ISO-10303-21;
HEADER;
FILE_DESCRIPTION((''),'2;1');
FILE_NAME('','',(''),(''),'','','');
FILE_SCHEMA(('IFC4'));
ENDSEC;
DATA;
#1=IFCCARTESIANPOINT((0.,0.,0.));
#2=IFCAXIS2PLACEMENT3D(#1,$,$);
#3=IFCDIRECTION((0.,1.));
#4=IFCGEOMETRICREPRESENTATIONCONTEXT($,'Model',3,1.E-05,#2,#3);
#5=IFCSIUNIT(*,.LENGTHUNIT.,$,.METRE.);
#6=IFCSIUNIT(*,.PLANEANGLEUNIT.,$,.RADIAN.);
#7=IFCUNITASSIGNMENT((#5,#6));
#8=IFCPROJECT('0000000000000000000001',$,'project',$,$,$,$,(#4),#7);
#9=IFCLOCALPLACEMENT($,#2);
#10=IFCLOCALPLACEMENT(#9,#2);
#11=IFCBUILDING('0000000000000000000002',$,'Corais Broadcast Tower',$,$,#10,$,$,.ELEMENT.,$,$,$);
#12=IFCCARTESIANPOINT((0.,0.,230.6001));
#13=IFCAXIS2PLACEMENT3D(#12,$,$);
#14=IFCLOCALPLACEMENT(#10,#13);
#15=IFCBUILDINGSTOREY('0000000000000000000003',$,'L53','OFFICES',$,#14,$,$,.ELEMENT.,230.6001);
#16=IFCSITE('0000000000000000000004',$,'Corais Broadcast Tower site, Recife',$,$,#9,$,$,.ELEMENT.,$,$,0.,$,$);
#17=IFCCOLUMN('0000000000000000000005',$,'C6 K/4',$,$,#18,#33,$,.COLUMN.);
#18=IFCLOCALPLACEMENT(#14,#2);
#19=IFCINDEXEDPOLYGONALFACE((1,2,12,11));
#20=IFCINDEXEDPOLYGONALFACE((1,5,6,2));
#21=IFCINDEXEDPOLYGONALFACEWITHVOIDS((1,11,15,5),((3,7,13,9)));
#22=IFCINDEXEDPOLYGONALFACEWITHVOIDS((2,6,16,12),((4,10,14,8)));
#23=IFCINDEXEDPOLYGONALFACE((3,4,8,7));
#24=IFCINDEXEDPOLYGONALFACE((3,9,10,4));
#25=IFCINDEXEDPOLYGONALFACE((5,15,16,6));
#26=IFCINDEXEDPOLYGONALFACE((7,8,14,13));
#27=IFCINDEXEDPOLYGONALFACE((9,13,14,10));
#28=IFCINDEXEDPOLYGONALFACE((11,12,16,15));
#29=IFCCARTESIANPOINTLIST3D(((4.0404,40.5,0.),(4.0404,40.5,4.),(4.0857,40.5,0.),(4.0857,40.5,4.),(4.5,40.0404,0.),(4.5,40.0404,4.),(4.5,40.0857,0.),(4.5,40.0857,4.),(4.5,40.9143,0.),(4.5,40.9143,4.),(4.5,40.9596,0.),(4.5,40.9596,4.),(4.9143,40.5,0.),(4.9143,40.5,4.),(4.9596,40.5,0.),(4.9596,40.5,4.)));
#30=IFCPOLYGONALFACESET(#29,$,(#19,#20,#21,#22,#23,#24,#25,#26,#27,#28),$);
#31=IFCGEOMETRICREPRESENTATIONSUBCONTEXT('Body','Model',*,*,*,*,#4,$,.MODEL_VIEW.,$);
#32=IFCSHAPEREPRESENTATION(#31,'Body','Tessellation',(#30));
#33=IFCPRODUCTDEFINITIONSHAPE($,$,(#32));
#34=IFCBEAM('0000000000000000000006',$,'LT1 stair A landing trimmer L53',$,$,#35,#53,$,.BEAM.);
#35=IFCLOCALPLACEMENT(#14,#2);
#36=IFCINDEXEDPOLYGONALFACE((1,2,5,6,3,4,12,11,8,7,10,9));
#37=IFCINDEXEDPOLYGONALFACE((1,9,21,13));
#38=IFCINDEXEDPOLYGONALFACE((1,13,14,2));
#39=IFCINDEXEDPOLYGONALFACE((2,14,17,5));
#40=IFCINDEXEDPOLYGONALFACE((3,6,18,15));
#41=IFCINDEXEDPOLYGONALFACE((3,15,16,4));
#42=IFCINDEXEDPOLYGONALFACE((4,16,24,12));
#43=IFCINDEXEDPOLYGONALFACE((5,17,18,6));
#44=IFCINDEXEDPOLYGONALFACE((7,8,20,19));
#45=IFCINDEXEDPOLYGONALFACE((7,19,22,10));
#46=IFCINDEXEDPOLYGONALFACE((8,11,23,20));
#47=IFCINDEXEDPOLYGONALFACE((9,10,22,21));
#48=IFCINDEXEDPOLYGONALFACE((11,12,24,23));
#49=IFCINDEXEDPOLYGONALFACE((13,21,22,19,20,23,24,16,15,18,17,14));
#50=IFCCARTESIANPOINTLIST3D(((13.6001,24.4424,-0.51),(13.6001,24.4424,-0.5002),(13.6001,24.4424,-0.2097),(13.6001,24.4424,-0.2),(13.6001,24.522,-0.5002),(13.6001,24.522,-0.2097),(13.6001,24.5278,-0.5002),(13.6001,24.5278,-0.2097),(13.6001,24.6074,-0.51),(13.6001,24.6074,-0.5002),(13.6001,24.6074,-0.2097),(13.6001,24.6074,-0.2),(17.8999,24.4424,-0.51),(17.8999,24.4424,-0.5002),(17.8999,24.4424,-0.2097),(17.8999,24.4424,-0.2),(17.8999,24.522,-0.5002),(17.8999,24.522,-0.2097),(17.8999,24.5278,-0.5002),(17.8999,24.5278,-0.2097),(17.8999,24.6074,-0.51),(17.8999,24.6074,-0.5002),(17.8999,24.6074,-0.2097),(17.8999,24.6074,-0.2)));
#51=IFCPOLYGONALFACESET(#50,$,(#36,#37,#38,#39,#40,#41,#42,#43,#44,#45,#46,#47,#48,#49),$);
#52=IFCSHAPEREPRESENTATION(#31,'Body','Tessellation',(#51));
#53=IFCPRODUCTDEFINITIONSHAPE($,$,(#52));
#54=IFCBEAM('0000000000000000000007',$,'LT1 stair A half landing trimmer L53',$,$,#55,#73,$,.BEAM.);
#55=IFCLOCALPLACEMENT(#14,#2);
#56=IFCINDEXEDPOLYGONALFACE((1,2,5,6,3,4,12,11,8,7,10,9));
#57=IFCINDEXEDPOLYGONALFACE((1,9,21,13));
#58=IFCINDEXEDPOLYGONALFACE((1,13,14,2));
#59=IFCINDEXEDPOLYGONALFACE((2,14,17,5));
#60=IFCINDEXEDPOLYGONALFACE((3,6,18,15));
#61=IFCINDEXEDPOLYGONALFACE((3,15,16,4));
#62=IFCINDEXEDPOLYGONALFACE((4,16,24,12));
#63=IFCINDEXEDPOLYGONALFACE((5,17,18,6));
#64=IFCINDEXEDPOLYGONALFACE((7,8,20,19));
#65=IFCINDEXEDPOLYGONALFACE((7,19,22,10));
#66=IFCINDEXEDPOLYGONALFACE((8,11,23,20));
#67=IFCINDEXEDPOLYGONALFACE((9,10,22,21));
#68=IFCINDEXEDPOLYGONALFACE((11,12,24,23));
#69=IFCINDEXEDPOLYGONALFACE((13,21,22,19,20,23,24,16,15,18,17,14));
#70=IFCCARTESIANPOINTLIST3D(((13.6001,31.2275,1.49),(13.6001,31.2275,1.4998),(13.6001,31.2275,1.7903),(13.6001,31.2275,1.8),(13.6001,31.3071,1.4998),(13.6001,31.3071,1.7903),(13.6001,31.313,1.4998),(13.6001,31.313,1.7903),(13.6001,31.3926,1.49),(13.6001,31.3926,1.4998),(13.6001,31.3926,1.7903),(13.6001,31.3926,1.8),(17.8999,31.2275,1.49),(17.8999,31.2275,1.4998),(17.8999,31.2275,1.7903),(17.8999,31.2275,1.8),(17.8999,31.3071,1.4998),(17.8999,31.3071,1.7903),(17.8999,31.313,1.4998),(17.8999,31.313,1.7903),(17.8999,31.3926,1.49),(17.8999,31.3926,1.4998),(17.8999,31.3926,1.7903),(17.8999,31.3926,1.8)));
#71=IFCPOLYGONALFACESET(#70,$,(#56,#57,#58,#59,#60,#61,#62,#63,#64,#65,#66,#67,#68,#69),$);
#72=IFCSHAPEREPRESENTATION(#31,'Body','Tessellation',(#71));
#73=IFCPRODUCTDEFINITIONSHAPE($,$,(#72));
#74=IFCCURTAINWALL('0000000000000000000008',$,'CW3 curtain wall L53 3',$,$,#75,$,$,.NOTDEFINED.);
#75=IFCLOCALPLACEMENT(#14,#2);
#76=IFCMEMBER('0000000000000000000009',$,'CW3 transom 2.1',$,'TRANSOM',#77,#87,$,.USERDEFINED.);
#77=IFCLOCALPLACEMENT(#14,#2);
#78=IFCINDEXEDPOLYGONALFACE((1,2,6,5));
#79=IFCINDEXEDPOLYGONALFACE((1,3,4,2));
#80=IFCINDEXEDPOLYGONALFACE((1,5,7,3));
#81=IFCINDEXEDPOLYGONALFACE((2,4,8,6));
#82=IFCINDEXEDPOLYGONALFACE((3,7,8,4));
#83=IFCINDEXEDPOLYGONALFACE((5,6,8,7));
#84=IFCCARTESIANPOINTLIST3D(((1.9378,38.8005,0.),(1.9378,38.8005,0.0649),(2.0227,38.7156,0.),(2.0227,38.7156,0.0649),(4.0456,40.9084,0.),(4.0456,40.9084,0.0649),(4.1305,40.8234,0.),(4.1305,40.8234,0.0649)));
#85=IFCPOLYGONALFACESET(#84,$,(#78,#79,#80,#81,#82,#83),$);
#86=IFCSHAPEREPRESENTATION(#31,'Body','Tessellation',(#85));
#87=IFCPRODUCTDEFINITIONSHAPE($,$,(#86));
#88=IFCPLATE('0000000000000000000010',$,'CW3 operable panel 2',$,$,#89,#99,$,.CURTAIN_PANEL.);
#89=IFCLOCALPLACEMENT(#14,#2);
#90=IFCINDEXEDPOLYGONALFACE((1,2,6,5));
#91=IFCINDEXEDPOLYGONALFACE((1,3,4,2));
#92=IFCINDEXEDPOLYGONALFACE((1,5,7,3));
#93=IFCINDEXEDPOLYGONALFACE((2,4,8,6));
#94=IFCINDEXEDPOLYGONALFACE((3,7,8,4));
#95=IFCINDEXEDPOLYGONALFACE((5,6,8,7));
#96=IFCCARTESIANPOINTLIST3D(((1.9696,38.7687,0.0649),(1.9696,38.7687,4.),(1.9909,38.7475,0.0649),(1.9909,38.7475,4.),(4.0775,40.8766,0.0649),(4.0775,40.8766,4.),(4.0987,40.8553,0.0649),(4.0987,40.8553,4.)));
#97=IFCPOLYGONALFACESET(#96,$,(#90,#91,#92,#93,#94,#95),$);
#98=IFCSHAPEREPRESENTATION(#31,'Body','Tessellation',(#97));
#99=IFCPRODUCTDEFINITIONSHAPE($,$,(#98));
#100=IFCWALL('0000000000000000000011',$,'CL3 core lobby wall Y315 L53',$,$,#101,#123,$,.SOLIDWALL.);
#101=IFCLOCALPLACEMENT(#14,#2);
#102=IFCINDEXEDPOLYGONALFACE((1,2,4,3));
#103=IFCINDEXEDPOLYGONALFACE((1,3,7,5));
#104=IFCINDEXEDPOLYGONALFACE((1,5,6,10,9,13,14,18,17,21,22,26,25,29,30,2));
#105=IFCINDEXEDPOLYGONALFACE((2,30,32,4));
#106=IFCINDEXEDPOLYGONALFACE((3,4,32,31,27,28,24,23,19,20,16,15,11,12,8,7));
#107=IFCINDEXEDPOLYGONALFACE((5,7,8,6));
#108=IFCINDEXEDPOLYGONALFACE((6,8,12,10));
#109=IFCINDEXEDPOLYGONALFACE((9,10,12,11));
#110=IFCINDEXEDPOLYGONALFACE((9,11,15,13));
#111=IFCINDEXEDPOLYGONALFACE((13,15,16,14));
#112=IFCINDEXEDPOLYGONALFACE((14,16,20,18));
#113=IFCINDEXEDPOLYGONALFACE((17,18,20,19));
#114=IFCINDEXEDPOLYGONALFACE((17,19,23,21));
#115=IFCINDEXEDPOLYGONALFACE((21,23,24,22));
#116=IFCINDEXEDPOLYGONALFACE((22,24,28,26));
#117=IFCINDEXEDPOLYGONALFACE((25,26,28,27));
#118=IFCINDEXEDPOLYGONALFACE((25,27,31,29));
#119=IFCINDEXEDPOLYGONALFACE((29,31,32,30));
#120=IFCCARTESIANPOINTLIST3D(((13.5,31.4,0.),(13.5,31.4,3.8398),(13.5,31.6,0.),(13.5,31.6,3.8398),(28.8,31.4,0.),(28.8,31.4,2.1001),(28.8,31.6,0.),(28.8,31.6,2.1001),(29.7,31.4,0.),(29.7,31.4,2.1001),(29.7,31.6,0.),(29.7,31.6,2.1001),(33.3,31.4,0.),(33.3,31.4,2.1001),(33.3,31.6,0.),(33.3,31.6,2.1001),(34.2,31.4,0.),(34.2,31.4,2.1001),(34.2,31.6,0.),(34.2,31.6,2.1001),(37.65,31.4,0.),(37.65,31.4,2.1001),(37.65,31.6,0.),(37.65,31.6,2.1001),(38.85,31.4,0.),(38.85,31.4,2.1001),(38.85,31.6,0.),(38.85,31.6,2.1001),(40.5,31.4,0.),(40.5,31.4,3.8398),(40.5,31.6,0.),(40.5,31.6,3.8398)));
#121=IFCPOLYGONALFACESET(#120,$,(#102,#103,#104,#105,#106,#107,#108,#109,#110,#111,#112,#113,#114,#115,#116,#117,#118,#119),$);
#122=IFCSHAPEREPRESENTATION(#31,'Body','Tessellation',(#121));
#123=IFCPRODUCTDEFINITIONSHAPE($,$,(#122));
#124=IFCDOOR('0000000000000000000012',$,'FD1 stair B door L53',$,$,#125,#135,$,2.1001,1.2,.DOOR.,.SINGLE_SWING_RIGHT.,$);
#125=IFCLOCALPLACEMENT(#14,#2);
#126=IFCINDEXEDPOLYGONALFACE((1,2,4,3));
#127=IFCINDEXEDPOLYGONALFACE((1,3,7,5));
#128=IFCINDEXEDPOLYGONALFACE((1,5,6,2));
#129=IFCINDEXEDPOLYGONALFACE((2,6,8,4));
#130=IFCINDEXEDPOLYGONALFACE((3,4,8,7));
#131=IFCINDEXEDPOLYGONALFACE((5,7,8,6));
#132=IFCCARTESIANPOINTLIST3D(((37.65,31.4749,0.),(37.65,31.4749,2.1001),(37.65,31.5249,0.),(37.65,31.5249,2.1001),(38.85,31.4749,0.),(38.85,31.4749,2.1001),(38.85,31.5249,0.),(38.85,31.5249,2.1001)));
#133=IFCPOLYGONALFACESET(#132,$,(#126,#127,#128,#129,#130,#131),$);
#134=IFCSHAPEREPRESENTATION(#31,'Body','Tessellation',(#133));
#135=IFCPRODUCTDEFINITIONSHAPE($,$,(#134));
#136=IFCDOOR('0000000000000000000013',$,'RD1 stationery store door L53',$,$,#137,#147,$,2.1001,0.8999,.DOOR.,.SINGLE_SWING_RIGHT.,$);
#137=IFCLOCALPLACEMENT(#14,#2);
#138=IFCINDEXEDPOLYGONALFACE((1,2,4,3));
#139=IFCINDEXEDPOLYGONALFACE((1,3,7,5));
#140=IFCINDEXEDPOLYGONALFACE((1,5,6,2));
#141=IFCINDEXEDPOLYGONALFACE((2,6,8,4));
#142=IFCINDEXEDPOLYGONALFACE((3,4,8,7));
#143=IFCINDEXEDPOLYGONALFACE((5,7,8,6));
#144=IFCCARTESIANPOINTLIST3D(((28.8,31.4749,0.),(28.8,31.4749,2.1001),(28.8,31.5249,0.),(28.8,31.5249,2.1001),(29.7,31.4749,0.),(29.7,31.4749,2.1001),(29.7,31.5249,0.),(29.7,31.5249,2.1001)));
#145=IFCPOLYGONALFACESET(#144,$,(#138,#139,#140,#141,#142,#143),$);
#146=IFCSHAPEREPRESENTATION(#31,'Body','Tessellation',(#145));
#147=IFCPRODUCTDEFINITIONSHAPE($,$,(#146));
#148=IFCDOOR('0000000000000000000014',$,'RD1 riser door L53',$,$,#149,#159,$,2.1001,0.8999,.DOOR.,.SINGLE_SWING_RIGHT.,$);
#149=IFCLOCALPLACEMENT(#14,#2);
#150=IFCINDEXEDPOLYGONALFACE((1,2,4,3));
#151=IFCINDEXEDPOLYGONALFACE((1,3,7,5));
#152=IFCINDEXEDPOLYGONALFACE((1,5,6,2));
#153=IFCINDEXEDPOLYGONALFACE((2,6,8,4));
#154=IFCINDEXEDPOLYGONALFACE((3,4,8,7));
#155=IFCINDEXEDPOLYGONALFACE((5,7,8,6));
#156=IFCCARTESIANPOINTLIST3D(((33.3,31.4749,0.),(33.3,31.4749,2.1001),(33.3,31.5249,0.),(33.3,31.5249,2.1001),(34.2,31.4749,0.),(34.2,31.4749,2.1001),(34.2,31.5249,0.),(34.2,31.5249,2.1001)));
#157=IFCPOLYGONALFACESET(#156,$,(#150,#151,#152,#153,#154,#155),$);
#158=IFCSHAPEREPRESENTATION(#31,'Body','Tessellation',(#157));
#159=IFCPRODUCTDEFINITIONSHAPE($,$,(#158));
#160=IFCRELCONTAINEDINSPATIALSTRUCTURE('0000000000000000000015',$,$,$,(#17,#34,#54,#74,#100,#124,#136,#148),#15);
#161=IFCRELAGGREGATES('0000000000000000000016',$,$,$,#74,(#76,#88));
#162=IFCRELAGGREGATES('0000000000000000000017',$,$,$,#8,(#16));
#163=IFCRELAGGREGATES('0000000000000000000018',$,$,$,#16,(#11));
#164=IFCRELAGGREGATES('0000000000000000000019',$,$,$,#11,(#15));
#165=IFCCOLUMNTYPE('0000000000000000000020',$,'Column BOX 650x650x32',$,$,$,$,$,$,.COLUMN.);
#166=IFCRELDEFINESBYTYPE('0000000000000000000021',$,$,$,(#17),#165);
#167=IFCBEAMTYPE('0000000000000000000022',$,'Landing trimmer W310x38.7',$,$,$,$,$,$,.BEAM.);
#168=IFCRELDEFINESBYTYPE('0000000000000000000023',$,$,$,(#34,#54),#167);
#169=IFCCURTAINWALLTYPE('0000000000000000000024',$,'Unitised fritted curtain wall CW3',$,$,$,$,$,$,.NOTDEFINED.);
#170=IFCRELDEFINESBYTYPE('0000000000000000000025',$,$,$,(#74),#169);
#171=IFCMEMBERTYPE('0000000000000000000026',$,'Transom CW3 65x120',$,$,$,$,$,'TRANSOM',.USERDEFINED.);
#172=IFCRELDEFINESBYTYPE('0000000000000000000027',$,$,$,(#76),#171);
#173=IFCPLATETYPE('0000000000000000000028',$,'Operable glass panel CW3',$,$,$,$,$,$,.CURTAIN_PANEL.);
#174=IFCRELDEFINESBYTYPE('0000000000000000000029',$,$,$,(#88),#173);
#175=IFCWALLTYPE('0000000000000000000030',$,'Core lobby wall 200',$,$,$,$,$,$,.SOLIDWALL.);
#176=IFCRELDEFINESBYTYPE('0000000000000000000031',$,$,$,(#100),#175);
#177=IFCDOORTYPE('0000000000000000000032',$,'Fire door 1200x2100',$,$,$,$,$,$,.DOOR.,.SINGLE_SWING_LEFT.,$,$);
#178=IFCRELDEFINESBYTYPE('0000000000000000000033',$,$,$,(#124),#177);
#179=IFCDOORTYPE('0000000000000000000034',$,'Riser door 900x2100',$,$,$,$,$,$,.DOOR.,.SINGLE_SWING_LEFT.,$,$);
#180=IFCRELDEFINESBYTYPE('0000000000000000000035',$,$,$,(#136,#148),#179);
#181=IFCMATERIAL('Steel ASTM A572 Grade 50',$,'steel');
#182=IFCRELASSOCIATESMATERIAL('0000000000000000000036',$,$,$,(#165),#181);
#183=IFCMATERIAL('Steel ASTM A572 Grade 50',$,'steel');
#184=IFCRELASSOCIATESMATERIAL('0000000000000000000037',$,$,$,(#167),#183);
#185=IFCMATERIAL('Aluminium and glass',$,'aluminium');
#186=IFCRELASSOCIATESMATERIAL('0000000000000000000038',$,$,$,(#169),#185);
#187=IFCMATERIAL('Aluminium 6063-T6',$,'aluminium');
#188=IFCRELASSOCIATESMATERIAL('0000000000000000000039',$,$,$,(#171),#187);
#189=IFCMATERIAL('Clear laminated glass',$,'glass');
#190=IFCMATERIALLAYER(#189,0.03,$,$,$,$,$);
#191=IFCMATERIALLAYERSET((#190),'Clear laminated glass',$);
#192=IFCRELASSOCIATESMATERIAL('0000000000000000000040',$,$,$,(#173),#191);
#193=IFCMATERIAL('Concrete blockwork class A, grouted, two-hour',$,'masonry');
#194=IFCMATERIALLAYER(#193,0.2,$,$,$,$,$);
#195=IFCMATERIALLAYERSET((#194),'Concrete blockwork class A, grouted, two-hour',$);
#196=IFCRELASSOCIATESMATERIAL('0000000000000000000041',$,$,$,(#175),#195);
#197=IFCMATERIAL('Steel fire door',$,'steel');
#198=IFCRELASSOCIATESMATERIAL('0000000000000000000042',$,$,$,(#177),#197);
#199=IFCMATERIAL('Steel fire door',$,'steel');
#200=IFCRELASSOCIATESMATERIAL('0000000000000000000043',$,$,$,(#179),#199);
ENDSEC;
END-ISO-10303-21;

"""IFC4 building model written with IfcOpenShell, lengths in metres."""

from ifc_helpers import new_model, si_unit, direction, frame, frame_2d, origin, origin_2d, place, context, subcontext, project, spatial, rectangle, hollow_rectangle, i_section, extrude, material, layer, layer_set, material_profile, profile_set, type_object, element, fill, aggregate, save


model = new_model("IFC4")

# Units and contexts
model_context = context("Model", 3, precision=1e-05, world=origin(), true_north=direction((0.0, 1.0)))
body_context = subcontext(model_context, "Body", "Model", "MODEL_VIEW")
ifc_project = project(units=[si_unit("LENGTHUNIT", "METRE"), si_unit("PLANEANGLEUNIT", "RADIAN")], contexts=[model_context])

# Site, building, storey
site_placement = place(None, origin())
site = spatial("IfcSite", under=ifc_project, at=site_placement, Name="Corais Broadcast Tower site, Recife", CompositionType="ELEMENT", RefElevation=0.0)
building_placement = place(site_placement, origin())
building = spatial("IfcBuilding", under=site, at=building_placement, Name="Corais Broadcast Tower", CompositionType="ELEMENT")
storey_placement = place(building_placement, frame((0.0, 0.0, 230.6001)))
storey = spatial("IfcBuildingStorey", under=building, at=storey_placement, Name="L53", Description="OFFICES", CompositionType="ELEMENT", Elevation=230.6001)

# Column
ifc_material_1 = material(Name="Steel ASTM A572 Grade 50", Category="steel")
ifc_material_profile_1 = material_profile(ifc_material_1, hollow_rectangle(XDim=0.6499, YDim=0.6499, WallThickness=0.032, at=origin_2d()), Name="BOX 650x650x32")
ifc_profile_set_1 = profile_set([ifc_material_profile_1], Name="Steel ASTM A572 Grade 50")
column_type = type_object("IfcColumnType", Name="Column BOX 650x650x32", PredefinedType="COLUMN", material=ifc_profile_set_1)
column_placement = place(storey_placement, frame((4.5, 40.5, 0.0), z_axis=(0.0, 0.0, 1.0), x_axis=(0.707107, 0.707107, 0.0)))
element("IfcColumn", 1, at=column_placement, inside=storey, type_object=column_type, Name="C6 K/4", PredefinedType="COLUMN", context=body_context, shape_type="SweptSolid", body=[
    extrude(hollow_rectangle(XDim=0.6499, YDim=0.6499, WallThickness=0.032, at=origin_2d()), origin(), (0.0, 0.0, 1.0), 4.0),
])

# Beams
ifc_material_2 = material(Name="Steel ASTM A572 Grade 50", Category="steel")
ifc_material_profile_2 = material_profile(ifc_material_2, i_section(OverallWidth=0.165, OverallDepth=0.3101, WebThickness=0.0059, FlangeThickness=0.0098, at=origin_2d()), Name="W310x38.7")
ifc_profile_set_2 = profile_set([ifc_material_profile_2], Name="Steel ASTM A572 Grade 50")
beam_type = type_object("IfcBeamType", Name="Landing trimmer W310x38.7", PredefinedType="BEAM", material=ifc_profile_set_2)
for number, where, z_axis, x_axis, name in (
    (2, (13.6001, 24.5249, -0.355), (1.0, 0.0, 0.0), (0.0, 1.0, 0.0), "LT1 stair A landing trimmer L53"),
    (3, (13.6001, 31.3101, 1.645), (1.0, 0.0, 0.0), (0.0, 1.0, 0.0), "LT1 stair A half landing trimmer L53"),
):
    element("IfcBeam", number, at=place(storey_placement, frame(where, z_axis=z_axis, x_axis=x_axis)), inside=storey, type_object=beam_type, Name=name, PredefinedType="BEAM", context=body_context, shape_type="SweptSolid", body=[
        extrude(i_section(OverallWidth=0.165, OverallDepth=0.3101, WebThickness=0.0059, FlangeThickness=0.0098, at=origin_2d()), origin(), (0.0, 0.0, 1.0), 4.2998),
    ])

# Curtain wall, member, plate
ifc_material_3 = material(Name="Aluminium and glass", Category="aluminium")
curtain_wall_type = type_object("IfcCurtainWallType", Name="Unitised fritted curtain wall CW3", PredefinedType="NOTDEFINED", material=ifc_material_3)
curtain_wall_placement = place(storey_placement, origin())
curtain_wall = element("IfcCurtainWall", 4, at=curtain_wall_placement, inside=storey, type_object=curtain_wall_type, Name="CW3 curtain wall L53 3", PredefinedType="NOTDEFINED")
ifc_material_4 = material(Name="Aluminium 6063-T6", Category="aluminium")
ifc_material_profile_3 = material_profile(ifc_material_4, rectangle(XDim=0.1201, YDim=0.0649, at=origin_2d()), Name="Transom CW3 65x120")
ifc_profile_set_3 = profile_set([ifc_material_profile_3], Name="Aluminium 6063-T6")
member_type = type_object("IfcMemberType", Name="Transom CW3 65x120", ElementType="TRANSOM", PredefinedType="USERDEFINED", material=ifc_profile_set_3)
member_placement = place(storey_placement, frame((1.9802, 38.7581, 0.0325), z_axis=(0.707107, 0.707107, 0.0), x_axis=(-0.707107, 0.707107, 0.0)))
member = element("IfcMember", 5, at=member_placement, type_object=member_type, Name="CW3 transom 2.1", ObjectType="TRANSOM", PredefinedType="USERDEFINED", context=body_context, shape_type="SweptSolid", body=[
    extrude(rectangle(XDim=0.1201, YDim=0.0649, at=origin_2d()), origin(), (0.0, 0.0, 1.0), 2.981),
])
ifc_material_5 = material(Name="Clear laminated glass", Category="glass")
ifc_layer_1 = layer(ifc_material_5, 0.03)
ifc_layer_set_1 = layer_set([ifc_layer_1], Name="Clear laminated glass")
plate_type = type_object("IfcPlateType", Name="Operable glass panel CW3", PredefinedType="CURTAIN_PANEL", material=ifc_layer_set_1)
plate_placement = place(storey_placement, frame((3.0342, 39.812, 0.0649), z_axis=(0.0, 0.0, 1.0), x_axis=(0.707107, 0.707107, 0.0)))
plate = element("IfcPlate", 6, at=plate_placement, type_object=plate_type, Name="CW3 operable panel 2", PredefinedType="CURTAIN_PANEL", context=body_context, shape_type="SweptSolid", body=[
    extrude(rectangle(XDim=2.981, YDim=0.03, at=origin_2d()), origin(), (0.0, 0.0, 1.0), 3.9351),
])
aggregate(curtain_wall, [member, plate])

# Wall, openings, doors
ifc_material_6 = material(Name="Concrete blockwork class A, grouted, two-hour", Category="masonry")
ifc_layer_2 = layer(ifc_material_6, 0.2)
ifc_layer_set_2 = layer_set([ifc_layer_2], Name="Concrete blockwork class A, grouted, two-hour")
wall_type_1 = type_object("IfcWallType", Name="Core lobby wall 200", PredefinedType="SOLIDWALL", material=ifc_layer_set_2)
wall_1_placement = place(storey_placement, frame((13.5, 31.5, 0.0), z_axis=(0.0, 0.0, 1.0), x_axis=(1.0, 0.0, 0.0)))
wall_1 = element("IfcWall", 7, at=wall_1_placement, inside=storey, type_object=wall_type_1, Name="CL3 core lobby wall Y315 L53", PredefinedType="SOLIDWALL", context=body_context, shape_type="SweptSolid", body=[
    extrude(rectangle(XDim=27.0, YDim=0.2, at=frame_2d((13.5, 0.0))), origin(), (0.0, 0.0, 1.0), 3.8398),
])
opening_1_placement = place(wall_1_placement, frame((24.1499, 0.0, 0.0)))
opening_1 = element("IfcOpeningElement", 8, at=opening_1_placement, cuts=wall_1, PredefinedType="OPENING", context=body_context, shape_type="SweptSolid", body=[
    extrude(rectangle(XDim=1.2, YDim=2.1001, at=frame_2d((0.6001, 1.05))), frame((0.0, 0.1099, 0.0), z_axis=(0.0, -1.0, 0.0), x_axis=(1.0, 0.0, 0.0)), (0.0, 0.0, 1.0), 0.22),
])
opening_2_placement = place(wall_1_placement, frame((15.3, 0.0, 0.0)))
opening_2 = element("IfcOpeningElement", 9, at=opening_2_placement, cuts=wall_1, PredefinedType="OPENING", context=body_context, shape_type="SweptSolid", body=[
    extrude(rectangle(XDim=0.8999, YDim=2.1001, at=frame_2d((0.45, 1.05))), frame((0.0, 0.1099, 0.0), z_axis=(0.0, -1.0, 0.0), x_axis=(1.0, 0.0, 0.0)), (0.0, 0.0, 1.0), 0.22),
])
opening_3_placement = place(wall_1_placement, frame((19.8, 0.0, 0.0)))
opening_3 = element("IfcOpeningElement", 10, at=opening_3_placement, cuts=wall_1, PredefinedType="OPENING", context=body_context, shape_type="SweptSolid", body=[
    extrude(rectangle(XDim=0.8999, YDim=2.1001, at=frame_2d((0.45, 1.05))), frame((0.0, 0.1099, 0.0), z_axis=(0.0, -1.0, 0.0), x_axis=(1.0, 0.0, 0.0)), (0.0, 0.0, 1.0), 0.22),
])
ifc_material_7 = material(Name="Steel fire door", Category="steel")
door_type_1 = type_object("IfcDoorType", Name="Fire door 1200x2100", OperationType="SINGLE_SWING_LEFT", PredefinedType="DOOR", material=ifc_material_7)
door_1_placement = place(opening_1_placement, origin())
door_1 = element("IfcDoor", 11, at=door_1_placement, inside=storey, type_object=door_type_1, Name="FD1 stair B door L53", OperationType="SINGLE_SWING_RIGHT", OverallHeight=2.1001, OverallWidth=1.2, PredefinedType="DOOR", context=body_context, shape_type="SweptSolid", body=[
    extrude(rectangle(XDim=1.2, YDim=2.1001, at=frame_2d((0.6001, 1.05))), frame((0.0, 0.0249, 0.0), z_axis=(0.0, -1.0, 0.0), x_axis=(1.0, 0.0, 0.0)), (0.0, 0.0, 1.0), 0.05),
])
fill(opening_1, door_1)
ifc_material_8 = material(Name="Steel fire door", Category="steel")
door_type_2 = type_object("IfcDoorType", Name="Riser door 900x2100", OperationType="SINGLE_SWING_LEFT", PredefinedType="DOOR", material=ifc_material_8)
door_2_placement = place(opening_2_placement, origin())
door_2 = element("IfcDoor", 12, at=door_2_placement, inside=storey, type_object=door_type_2, Name="RD1 stationery store door L53", OperationType="SINGLE_SWING_RIGHT", OverallHeight=2.1001, OverallWidth=0.8999, PredefinedType="DOOR", context=body_context, shape_type="SweptSolid", body=[
    extrude(rectangle(XDim=0.8999, YDim=2.1001, at=frame_2d((0.45, 1.05))), frame((0.0, 0.0249, 0.0), z_axis=(0.0, -1.0, 0.0), x_axis=(1.0, 0.0, 0.0)), (0.0, 0.0, 1.0), 0.05),
])
fill(opening_2, door_2)
door_3_placement = place(opening_3_placement, origin())
door_3 = element("IfcDoor", 13, at=door_3_placement, inside=storey, type_object=door_type_2, Name="RD1 riser door L53", OperationType="SINGLE_SWING_RIGHT", OverallHeight=2.1001, OverallWidth=0.8999, PredefinedType="DOOR", context=body_context, shape_type="SweptSolid", body=[
    extrude(rectangle(XDim=0.8999, YDim=2.1001, at=frame_2d((0.45, 1.05))), frame((0.0, 0.0249, 0.0), z_axis=(0.0, -1.0, 0.0), x_axis=(1.0, 0.0, 0.0)), (0.0, 0.0, 1.0), 0.05),
])
fill(opening_3, door_3)

save(model, "model.ifc")
